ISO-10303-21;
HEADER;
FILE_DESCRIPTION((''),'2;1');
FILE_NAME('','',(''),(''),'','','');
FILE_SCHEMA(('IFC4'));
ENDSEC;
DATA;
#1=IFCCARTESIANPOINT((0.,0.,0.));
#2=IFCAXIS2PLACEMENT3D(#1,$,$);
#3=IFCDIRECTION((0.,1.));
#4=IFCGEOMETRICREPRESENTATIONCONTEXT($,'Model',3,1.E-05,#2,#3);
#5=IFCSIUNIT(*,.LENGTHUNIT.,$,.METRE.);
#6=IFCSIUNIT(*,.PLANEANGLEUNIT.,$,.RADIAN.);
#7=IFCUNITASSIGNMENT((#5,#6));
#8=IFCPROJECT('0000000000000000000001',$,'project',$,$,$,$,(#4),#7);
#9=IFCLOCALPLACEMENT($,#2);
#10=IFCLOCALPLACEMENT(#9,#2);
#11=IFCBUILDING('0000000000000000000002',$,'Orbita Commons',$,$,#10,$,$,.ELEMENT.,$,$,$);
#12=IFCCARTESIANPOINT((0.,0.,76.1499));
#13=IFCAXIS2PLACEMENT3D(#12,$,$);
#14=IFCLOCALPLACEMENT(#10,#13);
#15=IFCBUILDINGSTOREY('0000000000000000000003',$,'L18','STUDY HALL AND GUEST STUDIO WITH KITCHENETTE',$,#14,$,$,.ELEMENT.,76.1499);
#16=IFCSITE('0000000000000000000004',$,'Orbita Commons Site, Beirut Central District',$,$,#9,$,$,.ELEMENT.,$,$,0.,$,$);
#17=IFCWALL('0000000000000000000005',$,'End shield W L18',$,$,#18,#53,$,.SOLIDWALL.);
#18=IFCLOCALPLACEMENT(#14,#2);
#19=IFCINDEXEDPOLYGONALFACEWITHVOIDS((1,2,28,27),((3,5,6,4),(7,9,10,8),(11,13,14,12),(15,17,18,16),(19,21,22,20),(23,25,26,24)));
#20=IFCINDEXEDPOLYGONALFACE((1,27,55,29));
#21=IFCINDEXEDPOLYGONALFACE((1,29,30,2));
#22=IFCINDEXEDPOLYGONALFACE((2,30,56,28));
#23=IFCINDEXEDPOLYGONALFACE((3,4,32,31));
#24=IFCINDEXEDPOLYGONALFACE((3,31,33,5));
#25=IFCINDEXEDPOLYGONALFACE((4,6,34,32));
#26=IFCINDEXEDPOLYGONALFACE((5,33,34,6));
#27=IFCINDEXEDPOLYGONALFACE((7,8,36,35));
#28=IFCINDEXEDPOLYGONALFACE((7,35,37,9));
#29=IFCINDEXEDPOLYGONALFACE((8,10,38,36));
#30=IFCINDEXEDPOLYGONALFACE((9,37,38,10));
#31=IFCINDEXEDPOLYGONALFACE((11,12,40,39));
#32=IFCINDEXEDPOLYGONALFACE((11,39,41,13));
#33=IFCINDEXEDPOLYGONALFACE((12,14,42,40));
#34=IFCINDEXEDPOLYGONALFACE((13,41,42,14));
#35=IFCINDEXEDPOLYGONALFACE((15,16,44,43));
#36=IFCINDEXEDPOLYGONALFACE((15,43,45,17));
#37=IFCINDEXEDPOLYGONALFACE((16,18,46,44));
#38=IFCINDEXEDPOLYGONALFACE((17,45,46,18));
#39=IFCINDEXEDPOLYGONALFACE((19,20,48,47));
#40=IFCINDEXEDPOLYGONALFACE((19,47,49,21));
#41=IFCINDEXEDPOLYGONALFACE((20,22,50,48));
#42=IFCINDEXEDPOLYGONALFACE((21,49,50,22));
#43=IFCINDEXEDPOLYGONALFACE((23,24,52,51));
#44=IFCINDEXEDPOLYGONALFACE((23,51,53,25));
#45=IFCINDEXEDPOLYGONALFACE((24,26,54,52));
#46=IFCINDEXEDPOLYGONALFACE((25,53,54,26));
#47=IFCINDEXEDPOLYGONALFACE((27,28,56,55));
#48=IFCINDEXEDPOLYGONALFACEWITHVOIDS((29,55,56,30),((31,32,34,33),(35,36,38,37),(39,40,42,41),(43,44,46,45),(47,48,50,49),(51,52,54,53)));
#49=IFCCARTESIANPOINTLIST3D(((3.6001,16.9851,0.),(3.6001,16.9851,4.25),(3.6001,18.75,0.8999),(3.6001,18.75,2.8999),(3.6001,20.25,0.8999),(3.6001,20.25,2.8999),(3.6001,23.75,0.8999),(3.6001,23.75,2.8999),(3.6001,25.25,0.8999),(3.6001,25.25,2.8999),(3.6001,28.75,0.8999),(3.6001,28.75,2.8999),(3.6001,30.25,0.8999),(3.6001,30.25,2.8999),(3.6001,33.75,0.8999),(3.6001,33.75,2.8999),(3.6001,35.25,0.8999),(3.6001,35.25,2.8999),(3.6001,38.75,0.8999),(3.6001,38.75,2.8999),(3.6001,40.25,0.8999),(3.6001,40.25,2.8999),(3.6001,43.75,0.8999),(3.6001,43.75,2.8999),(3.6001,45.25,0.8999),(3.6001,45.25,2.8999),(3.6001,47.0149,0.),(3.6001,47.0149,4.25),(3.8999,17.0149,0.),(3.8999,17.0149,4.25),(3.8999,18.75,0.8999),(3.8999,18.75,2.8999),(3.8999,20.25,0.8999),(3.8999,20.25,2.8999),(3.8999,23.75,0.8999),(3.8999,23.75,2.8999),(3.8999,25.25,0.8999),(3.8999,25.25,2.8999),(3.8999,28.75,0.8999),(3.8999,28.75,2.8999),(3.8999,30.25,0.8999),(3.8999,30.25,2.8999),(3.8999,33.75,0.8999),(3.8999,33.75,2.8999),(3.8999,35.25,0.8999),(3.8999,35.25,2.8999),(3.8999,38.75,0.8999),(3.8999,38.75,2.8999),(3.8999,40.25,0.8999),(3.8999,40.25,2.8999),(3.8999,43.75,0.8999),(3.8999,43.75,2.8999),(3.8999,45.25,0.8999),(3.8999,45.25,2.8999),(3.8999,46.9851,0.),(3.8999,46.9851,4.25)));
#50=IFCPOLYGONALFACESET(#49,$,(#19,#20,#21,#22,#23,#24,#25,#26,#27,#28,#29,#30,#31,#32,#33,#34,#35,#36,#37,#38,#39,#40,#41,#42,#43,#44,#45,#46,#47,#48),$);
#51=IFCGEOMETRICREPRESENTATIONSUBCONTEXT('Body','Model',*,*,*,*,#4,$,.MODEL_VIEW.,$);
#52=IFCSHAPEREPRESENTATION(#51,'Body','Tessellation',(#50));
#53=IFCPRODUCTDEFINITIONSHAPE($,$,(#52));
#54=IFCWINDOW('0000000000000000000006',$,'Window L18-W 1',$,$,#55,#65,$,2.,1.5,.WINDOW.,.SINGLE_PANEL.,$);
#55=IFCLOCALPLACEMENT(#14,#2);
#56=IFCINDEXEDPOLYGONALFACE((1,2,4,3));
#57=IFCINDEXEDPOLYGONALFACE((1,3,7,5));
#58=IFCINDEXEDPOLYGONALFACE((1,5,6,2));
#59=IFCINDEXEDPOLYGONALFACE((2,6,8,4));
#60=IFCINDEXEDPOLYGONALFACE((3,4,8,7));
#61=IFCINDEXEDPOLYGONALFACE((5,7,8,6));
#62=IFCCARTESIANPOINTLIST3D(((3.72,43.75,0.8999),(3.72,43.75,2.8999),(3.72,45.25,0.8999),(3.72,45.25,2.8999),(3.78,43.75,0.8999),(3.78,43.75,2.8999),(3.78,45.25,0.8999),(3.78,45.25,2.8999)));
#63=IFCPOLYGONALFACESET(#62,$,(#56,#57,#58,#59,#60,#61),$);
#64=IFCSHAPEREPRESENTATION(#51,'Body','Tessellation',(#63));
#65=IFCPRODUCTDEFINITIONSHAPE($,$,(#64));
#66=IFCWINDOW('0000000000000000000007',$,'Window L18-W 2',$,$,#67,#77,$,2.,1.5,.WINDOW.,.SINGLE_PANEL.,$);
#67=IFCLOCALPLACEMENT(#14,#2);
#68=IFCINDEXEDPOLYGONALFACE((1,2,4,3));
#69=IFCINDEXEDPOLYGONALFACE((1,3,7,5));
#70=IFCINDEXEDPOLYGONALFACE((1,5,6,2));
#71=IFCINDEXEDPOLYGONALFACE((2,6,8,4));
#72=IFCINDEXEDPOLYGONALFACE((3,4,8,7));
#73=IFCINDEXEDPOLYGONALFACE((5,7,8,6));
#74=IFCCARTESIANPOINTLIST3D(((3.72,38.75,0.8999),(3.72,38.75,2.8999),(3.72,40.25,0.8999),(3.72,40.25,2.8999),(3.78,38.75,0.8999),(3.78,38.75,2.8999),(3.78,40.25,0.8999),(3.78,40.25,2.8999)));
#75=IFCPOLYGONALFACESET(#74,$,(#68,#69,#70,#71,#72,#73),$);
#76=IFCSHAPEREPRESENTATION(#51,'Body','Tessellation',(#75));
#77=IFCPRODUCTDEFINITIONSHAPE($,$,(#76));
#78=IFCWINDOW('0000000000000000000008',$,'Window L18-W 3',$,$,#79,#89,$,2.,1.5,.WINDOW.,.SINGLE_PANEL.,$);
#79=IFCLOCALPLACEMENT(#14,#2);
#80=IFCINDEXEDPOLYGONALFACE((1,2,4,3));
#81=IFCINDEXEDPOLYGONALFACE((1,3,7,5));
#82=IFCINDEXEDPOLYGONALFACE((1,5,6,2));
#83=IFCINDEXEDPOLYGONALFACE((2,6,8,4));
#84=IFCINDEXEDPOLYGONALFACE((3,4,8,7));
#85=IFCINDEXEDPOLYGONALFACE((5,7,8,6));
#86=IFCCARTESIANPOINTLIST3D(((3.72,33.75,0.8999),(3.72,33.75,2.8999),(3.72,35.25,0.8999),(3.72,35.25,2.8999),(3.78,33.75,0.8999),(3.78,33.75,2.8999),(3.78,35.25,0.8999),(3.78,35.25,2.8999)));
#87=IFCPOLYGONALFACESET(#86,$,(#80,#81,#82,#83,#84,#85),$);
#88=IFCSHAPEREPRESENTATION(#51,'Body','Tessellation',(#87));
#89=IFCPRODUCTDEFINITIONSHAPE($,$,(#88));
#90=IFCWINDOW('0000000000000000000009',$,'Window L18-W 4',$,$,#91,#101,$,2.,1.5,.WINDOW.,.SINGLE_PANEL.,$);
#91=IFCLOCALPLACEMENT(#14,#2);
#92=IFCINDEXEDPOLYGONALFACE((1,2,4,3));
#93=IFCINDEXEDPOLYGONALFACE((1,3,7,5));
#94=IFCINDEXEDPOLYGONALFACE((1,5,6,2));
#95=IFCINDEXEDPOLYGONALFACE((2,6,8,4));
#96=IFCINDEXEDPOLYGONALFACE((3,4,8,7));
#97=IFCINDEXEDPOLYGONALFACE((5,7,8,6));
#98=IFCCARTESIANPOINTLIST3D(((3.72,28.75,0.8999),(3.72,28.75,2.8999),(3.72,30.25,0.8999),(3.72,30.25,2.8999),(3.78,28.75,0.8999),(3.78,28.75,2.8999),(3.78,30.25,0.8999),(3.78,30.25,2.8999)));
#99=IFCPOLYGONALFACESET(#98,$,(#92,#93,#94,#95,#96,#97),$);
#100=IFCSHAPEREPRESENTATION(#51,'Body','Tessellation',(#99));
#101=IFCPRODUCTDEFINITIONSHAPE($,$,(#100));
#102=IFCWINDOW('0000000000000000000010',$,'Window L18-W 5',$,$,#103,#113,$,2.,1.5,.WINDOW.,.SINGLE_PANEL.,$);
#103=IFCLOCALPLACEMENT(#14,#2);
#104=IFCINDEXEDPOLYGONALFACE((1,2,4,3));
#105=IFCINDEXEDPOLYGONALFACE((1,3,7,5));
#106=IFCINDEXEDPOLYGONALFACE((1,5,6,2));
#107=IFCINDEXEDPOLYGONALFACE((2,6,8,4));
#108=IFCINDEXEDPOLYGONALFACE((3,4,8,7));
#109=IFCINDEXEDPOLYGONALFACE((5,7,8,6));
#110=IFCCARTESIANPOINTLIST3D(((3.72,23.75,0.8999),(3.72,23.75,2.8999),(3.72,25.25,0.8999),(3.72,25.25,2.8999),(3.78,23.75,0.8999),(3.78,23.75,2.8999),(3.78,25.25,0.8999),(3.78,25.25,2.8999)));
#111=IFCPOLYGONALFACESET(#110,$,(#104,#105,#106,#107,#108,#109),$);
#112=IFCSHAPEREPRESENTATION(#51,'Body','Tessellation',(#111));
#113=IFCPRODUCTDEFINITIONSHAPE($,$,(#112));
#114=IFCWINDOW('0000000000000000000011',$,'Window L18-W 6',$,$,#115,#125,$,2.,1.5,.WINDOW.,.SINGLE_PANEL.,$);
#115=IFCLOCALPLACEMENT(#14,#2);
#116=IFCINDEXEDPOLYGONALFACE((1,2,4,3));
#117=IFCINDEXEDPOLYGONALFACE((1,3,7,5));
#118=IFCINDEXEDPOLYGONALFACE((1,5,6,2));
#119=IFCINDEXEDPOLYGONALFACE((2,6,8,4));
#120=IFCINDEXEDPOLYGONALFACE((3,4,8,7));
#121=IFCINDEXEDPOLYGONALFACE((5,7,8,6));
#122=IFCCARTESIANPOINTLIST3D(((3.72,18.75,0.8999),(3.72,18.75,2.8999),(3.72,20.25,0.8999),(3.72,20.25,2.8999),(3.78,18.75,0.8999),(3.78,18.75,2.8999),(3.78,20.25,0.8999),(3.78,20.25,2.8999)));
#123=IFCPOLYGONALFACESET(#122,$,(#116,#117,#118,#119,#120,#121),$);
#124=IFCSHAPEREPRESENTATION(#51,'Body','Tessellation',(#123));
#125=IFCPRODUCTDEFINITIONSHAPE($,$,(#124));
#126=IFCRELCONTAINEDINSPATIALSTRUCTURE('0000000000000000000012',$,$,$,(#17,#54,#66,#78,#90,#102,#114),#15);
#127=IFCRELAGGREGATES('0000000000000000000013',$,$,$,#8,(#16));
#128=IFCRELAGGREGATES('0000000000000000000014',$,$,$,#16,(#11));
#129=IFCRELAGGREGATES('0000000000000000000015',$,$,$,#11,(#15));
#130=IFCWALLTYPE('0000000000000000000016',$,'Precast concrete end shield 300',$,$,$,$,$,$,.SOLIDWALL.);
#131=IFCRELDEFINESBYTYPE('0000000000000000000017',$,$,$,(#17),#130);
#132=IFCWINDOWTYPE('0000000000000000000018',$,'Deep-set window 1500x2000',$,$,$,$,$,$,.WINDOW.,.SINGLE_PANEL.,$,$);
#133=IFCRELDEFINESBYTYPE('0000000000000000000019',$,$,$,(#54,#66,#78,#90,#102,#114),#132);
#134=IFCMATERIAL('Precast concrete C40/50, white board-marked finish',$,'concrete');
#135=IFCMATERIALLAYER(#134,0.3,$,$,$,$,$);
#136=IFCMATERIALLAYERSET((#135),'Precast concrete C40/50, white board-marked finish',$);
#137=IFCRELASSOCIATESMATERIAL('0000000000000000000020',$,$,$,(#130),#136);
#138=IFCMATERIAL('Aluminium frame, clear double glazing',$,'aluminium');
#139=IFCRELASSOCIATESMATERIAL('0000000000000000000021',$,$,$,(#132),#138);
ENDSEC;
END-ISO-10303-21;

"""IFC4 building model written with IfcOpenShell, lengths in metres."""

from ifc_helpers import new_model, si_unit, direction, frame, frame_2d, origin, place, context, subcontext, project, spatial, polyline, rectangle, outline, extrude, material, layer, layer_set, type_object, element, fill, save


model = new_model("IFC4")

# Units and contexts
model_context = context("Model", 3, precision=1e-05, world=origin(), true_north=direction((0.0, 1.0)))
body_context = subcontext(model_context, "Body", "Model", "MODEL_VIEW")
ifc_project = project(units=[si_unit("LENGTHUNIT", "METRE"), si_unit("PLANEANGLEUNIT", "RADIAN")], contexts=[model_context])

# Site, building, storey
site_placement = place(None, origin())
site = spatial("IfcSite", under=ifc_project, at=site_placement, Name="Orbita Commons Site, Beirut Central District", CompositionType="ELEMENT", RefElevation=0.0)
building_placement = place(site_placement, origin())
building = spatial("IfcBuilding", under=site, at=building_placement, Name="Orbita Commons", CompositionType="ELEMENT")
storey_placement = place(building_placement, frame((0.0, 0.0, 76.1499)))
storey = spatial("IfcBuildingStorey", under=building, at=storey_placement, Name="L18", Description="STUDY HALL AND GUEST STUDIO WITH KITCHENETTE", CompositionType="ELEMENT", Elevation=76.1499)

# Wall, openings, windows
ifc_material_1 = material(Name="Precast concrete C40/50, white board-marked finish", Category="concrete")
ifc_layer_1 = layer(ifc_material_1, 0.3)
ifc_layer_set_1 = layer_set([ifc_layer_1], Name="Precast concrete C40/50, white board-marked finish")
wall_type_1 = type_object("IfcWallType", Name="Precast concrete end shield 300", PredefinedType="SOLIDWALL", material=ifc_layer_set_1)
wall_1_placement = place(storey_placement, frame((3.75, 47.0, 0.0), z_axis=(0.0, 0.0, 1.0), x_axis=(0.0, -1.0, 0.0)))
wall_1 = element("IfcWall", 1, at=wall_1_placement, inside=storey, type_object=wall_type_1, Name="End shield W L18", PredefinedType="SOLIDWALL", context=body_context, shape_type="SweptSolid", body=[
    extrude(outline(polyline([(-0.0149, -0.1499), (30.0149, -0.1499), (29.9851, 0.1499), (0.0149, 0.1499), (-0.0149, -0.1499)])), origin(), (0.0, 0.0, 1.0), 4.25),
])
opening_1_placement = place(wall_1_placement, frame((1.75, 0.0, 0.8999)))
opening_1 = element("IfcOpeningElement", 2, at=opening_1_placement, cuts=wall_1, PredefinedType="OPENING", context=body_context, shape_type="SweptSolid", body=[
    extrude(rectangle(XDim=1.5, YDim=2.0, at=frame_2d((0.75, 1.0))), frame((0.0, 0.1599, 0.0), z_axis=(0.0, -1.0, 0.0), x_axis=(1.0, 0.0, 0.0)), (0.0, 0.0, 1.0), 0.3201),
])
opening_2_placement = place(wall_1_placement, frame((6.75, 0.0, 0.8999)))
opening_2 = element("IfcOpeningElement", 3, at=opening_2_placement, cuts=wall_1, PredefinedType="OPENING", context=body_context, shape_type="SweptSolid", body=[
    extrude(rectangle(XDim=1.5, YDim=2.0, at=frame_2d((0.75, 1.0))), frame((0.0, 0.1599, 0.0), z_axis=(0.0, -1.0, 0.0), x_axis=(1.0, 0.0, 0.0)), (0.0, 0.0, 1.0), 0.3201),
])
opening_3_placement = place(wall_1_placement, frame((11.75, 0.0, 0.8999)))
opening_3 = element("IfcOpeningElement", 4, at=opening_3_placement, cuts=wall_1, PredefinedType="OPENING", context=body_context, shape_type="SweptSolid", body=[
    extrude(rectangle(XDim=1.5, YDim=2.0, at=frame_2d((0.75, 1.0))), frame((0.0, 0.1599, 0.0), z_axis=(0.0, -1.0, 0.0), x_axis=(1.0, 0.0, 0.0)), (0.0, 0.0, 1.0), 0.3201),
])
opening_4_placement = place(wall_1_placement, frame((16.75, 0.0, 0.8999)))
opening_4 = element("IfcOpeningElement", 5, at=opening_4_placement, cuts=wall_1, PredefinedType="OPENING", context=body_context, shape_type="SweptSolid", body=[
    extrude(rectangle(XDim=1.5, YDim=2.0, at=frame_2d((0.75, 1.0))), frame((0.0, 0.1599, 0.0), z_axis=(0.0, -1.0, 0.0), x_axis=(1.0, 0.0, 0.0)), (0.0, 0.0, 1.0), 0.3201),
])
opening_5_placement = place(wall_1_placement, frame((21.75, 0.0, 0.8999)))
opening_5 = element("IfcOpeningElement", 6, at=opening_5_placement, cuts=wall_1, PredefinedType="OPENING", context=body_context, shape_type="SweptSolid", body=[
    extrude(rectangle(XDim=1.5, YDim=2.0, at=frame_2d((0.75, 1.0))), frame((0.0, 0.1599, 0.0), z_axis=(0.0, -1.0, 0.0), x_axis=(1.0, 0.0, 0.0)), (0.0, 0.0, 1.0), 0.3201),
])
opening_6_placement = place(wall_1_placement, frame((26.75, 0.0, 0.8999)))
opening_6 = element("IfcOpeningElement", 7, at=opening_6_placement, cuts=wall_1, PredefinedType="OPENING", context=body_context, shape_type="SweptSolid", body=[
    extrude(rectangle(XDim=1.5, YDim=2.0, at=frame_2d((0.75, 1.0))), frame((0.0, 0.1599, 0.0), z_axis=(0.0, -1.0, 0.0), x_axis=(1.0, 0.0, 0.0)), (0.0, 0.0, 1.0), 0.3201),
])
ifc_material_2 = material(Name="Aluminium frame, clear double glazing", Category="aluminium")
window_type = type_object("IfcWindowType", Name="Deep-set window 1500x2000", PartitioningType="SINGLE_PANEL", PredefinedType="WINDOW", material=ifc_material_2)
window_1_placement = place(opening_1_placement, origin())
window_1 = element("IfcWindow", 8, at=window_1_placement, inside=storey, type_object=window_type, Name="Window L18-W 1", OverallHeight=2.0, OverallWidth=1.5, PartitioningType="SINGLE_PANEL", PredefinedType="WINDOW", context=body_context, shape_type="SweptSolid", body=[
    extrude(rectangle(XDim=1.5, YDim=2.0, at=frame_2d((0.75, 1.0))), frame((0.0, 0.03, 0.0), z_axis=(0.0, -1.0, 0.0), x_axis=(1.0, 0.0, 0.0)), (0.0, 0.0, 1.0), 0.0601),
])
fill(opening_1, window_1)
window_2_placement = place(opening_2_placement, origin())
window_2 = element("IfcWindow", 9, at=window_2_placement, inside=storey, type_object=window_type, Name="Window L18-W 2", OverallHeight=2.0, OverallWidth=1.5, PartitioningType="SINGLE_PANEL", PredefinedType="WINDOW", context=body_context, shape_type="SweptSolid", body=[
    extrude(rectangle(XDim=1.5, YDim=2.0, at=frame_2d((0.75, 1.0))), frame((0.0, 0.03, 0.0), z_axis=(0.0, -1.0, 0.0), x_axis=(1.0, 0.0, 0.0)), (0.0, 0.0, 1.0), 0.0601),
])
fill(opening_2, window_2)
window_3_placement = place(opening_3_placement, origin())
window_3 = element("IfcWindow", 10, at=window_3_placement, inside=storey, type_object=window_type, Name="Window L18-W 3", OverallHeight=2.0, OverallWidth=1.5, PartitioningType="SINGLE_PANEL", PredefinedType="WINDOW", context=body_context, shape_type="SweptSolid", body=[
    extrude(rectangle(XDim=1.5, YDim=2.0, at=frame_2d((0.75, 1.0))), frame((0.0, 0.03, 0.0), z_axis=(0.0, -1.0, 0.0), x_axis=(1.0, 0.0, 0.0)), (0.0, 0.0, 1.0), 0.0601),
])
fill(opening_3, window_3)
window_4_placement = place(opening_4_placement, origin())
window_4 = element("IfcWindow", 11, at=window_4_placement, inside=storey, type_object=window_type, Name="Window L18-W 4", OverallHeight=2.0, OverallWidth=1.5, PartitioningType="SINGLE_PANEL", PredefinedType="WINDOW", context=body_context, shape_type="SweptSolid", body=[
    extrude(rectangle(XDim=1.5, YDim=2.0, at=frame_2d((0.75, 1.0))), frame((0.0, 0.03, 0.0), z_axis=(0.0, -1.0, 0.0), x_axis=(1.0, 0.0, 0.0)), (0.0, 0.0, 1.0), 0.0601),
])
fill(opening_4, window_4)
window_5_placement = place(opening_5_placement, origin())
window_5 = element("IfcWindow", 12, at=window_5_placement, inside=storey, type_object=window_type, Name="Window L18-W 5", OverallHeight=2.0, OverallWidth=1.5, PartitioningType="SINGLE_PANEL", PredefinedType="WINDOW", context=body_context, shape_type="SweptSolid", body=[
    extrude(rectangle(XDim=1.5, YDim=2.0, at=frame_2d((0.75, 1.0))), frame((0.0, 0.03, 0.0), z_axis=(0.0, -1.0, 0.0), x_axis=(1.0, 0.0, 0.0)), (0.0, 0.0, 1.0), 0.0601),
])
fill(opening_5, window_5)
window_6_placement = place(opening_6_placement, origin())
window_6 = element("IfcWindow", 13, at=window_6_placement, inside=storey, type_object=window_type, Name="Window L18-W 6", OverallHeight=2.0, OverallWidth=1.5, PartitioningType="SINGLE_PANEL", PredefinedType="WINDOW", context=body_context, shape_type="SweptSolid", body=[
    extrude(rectangle(XDim=1.5, YDim=2.0, at=frame_2d((0.75, 1.0))), frame((0.0, 0.03, 0.0), z_axis=(0.0, -1.0, 0.0), x_axis=(1.0, 0.0, 0.0)), (0.0, 0.0, 1.0), 0.0601),
])
fill(opening_6, window_6)

save(model, "model.ifc")
